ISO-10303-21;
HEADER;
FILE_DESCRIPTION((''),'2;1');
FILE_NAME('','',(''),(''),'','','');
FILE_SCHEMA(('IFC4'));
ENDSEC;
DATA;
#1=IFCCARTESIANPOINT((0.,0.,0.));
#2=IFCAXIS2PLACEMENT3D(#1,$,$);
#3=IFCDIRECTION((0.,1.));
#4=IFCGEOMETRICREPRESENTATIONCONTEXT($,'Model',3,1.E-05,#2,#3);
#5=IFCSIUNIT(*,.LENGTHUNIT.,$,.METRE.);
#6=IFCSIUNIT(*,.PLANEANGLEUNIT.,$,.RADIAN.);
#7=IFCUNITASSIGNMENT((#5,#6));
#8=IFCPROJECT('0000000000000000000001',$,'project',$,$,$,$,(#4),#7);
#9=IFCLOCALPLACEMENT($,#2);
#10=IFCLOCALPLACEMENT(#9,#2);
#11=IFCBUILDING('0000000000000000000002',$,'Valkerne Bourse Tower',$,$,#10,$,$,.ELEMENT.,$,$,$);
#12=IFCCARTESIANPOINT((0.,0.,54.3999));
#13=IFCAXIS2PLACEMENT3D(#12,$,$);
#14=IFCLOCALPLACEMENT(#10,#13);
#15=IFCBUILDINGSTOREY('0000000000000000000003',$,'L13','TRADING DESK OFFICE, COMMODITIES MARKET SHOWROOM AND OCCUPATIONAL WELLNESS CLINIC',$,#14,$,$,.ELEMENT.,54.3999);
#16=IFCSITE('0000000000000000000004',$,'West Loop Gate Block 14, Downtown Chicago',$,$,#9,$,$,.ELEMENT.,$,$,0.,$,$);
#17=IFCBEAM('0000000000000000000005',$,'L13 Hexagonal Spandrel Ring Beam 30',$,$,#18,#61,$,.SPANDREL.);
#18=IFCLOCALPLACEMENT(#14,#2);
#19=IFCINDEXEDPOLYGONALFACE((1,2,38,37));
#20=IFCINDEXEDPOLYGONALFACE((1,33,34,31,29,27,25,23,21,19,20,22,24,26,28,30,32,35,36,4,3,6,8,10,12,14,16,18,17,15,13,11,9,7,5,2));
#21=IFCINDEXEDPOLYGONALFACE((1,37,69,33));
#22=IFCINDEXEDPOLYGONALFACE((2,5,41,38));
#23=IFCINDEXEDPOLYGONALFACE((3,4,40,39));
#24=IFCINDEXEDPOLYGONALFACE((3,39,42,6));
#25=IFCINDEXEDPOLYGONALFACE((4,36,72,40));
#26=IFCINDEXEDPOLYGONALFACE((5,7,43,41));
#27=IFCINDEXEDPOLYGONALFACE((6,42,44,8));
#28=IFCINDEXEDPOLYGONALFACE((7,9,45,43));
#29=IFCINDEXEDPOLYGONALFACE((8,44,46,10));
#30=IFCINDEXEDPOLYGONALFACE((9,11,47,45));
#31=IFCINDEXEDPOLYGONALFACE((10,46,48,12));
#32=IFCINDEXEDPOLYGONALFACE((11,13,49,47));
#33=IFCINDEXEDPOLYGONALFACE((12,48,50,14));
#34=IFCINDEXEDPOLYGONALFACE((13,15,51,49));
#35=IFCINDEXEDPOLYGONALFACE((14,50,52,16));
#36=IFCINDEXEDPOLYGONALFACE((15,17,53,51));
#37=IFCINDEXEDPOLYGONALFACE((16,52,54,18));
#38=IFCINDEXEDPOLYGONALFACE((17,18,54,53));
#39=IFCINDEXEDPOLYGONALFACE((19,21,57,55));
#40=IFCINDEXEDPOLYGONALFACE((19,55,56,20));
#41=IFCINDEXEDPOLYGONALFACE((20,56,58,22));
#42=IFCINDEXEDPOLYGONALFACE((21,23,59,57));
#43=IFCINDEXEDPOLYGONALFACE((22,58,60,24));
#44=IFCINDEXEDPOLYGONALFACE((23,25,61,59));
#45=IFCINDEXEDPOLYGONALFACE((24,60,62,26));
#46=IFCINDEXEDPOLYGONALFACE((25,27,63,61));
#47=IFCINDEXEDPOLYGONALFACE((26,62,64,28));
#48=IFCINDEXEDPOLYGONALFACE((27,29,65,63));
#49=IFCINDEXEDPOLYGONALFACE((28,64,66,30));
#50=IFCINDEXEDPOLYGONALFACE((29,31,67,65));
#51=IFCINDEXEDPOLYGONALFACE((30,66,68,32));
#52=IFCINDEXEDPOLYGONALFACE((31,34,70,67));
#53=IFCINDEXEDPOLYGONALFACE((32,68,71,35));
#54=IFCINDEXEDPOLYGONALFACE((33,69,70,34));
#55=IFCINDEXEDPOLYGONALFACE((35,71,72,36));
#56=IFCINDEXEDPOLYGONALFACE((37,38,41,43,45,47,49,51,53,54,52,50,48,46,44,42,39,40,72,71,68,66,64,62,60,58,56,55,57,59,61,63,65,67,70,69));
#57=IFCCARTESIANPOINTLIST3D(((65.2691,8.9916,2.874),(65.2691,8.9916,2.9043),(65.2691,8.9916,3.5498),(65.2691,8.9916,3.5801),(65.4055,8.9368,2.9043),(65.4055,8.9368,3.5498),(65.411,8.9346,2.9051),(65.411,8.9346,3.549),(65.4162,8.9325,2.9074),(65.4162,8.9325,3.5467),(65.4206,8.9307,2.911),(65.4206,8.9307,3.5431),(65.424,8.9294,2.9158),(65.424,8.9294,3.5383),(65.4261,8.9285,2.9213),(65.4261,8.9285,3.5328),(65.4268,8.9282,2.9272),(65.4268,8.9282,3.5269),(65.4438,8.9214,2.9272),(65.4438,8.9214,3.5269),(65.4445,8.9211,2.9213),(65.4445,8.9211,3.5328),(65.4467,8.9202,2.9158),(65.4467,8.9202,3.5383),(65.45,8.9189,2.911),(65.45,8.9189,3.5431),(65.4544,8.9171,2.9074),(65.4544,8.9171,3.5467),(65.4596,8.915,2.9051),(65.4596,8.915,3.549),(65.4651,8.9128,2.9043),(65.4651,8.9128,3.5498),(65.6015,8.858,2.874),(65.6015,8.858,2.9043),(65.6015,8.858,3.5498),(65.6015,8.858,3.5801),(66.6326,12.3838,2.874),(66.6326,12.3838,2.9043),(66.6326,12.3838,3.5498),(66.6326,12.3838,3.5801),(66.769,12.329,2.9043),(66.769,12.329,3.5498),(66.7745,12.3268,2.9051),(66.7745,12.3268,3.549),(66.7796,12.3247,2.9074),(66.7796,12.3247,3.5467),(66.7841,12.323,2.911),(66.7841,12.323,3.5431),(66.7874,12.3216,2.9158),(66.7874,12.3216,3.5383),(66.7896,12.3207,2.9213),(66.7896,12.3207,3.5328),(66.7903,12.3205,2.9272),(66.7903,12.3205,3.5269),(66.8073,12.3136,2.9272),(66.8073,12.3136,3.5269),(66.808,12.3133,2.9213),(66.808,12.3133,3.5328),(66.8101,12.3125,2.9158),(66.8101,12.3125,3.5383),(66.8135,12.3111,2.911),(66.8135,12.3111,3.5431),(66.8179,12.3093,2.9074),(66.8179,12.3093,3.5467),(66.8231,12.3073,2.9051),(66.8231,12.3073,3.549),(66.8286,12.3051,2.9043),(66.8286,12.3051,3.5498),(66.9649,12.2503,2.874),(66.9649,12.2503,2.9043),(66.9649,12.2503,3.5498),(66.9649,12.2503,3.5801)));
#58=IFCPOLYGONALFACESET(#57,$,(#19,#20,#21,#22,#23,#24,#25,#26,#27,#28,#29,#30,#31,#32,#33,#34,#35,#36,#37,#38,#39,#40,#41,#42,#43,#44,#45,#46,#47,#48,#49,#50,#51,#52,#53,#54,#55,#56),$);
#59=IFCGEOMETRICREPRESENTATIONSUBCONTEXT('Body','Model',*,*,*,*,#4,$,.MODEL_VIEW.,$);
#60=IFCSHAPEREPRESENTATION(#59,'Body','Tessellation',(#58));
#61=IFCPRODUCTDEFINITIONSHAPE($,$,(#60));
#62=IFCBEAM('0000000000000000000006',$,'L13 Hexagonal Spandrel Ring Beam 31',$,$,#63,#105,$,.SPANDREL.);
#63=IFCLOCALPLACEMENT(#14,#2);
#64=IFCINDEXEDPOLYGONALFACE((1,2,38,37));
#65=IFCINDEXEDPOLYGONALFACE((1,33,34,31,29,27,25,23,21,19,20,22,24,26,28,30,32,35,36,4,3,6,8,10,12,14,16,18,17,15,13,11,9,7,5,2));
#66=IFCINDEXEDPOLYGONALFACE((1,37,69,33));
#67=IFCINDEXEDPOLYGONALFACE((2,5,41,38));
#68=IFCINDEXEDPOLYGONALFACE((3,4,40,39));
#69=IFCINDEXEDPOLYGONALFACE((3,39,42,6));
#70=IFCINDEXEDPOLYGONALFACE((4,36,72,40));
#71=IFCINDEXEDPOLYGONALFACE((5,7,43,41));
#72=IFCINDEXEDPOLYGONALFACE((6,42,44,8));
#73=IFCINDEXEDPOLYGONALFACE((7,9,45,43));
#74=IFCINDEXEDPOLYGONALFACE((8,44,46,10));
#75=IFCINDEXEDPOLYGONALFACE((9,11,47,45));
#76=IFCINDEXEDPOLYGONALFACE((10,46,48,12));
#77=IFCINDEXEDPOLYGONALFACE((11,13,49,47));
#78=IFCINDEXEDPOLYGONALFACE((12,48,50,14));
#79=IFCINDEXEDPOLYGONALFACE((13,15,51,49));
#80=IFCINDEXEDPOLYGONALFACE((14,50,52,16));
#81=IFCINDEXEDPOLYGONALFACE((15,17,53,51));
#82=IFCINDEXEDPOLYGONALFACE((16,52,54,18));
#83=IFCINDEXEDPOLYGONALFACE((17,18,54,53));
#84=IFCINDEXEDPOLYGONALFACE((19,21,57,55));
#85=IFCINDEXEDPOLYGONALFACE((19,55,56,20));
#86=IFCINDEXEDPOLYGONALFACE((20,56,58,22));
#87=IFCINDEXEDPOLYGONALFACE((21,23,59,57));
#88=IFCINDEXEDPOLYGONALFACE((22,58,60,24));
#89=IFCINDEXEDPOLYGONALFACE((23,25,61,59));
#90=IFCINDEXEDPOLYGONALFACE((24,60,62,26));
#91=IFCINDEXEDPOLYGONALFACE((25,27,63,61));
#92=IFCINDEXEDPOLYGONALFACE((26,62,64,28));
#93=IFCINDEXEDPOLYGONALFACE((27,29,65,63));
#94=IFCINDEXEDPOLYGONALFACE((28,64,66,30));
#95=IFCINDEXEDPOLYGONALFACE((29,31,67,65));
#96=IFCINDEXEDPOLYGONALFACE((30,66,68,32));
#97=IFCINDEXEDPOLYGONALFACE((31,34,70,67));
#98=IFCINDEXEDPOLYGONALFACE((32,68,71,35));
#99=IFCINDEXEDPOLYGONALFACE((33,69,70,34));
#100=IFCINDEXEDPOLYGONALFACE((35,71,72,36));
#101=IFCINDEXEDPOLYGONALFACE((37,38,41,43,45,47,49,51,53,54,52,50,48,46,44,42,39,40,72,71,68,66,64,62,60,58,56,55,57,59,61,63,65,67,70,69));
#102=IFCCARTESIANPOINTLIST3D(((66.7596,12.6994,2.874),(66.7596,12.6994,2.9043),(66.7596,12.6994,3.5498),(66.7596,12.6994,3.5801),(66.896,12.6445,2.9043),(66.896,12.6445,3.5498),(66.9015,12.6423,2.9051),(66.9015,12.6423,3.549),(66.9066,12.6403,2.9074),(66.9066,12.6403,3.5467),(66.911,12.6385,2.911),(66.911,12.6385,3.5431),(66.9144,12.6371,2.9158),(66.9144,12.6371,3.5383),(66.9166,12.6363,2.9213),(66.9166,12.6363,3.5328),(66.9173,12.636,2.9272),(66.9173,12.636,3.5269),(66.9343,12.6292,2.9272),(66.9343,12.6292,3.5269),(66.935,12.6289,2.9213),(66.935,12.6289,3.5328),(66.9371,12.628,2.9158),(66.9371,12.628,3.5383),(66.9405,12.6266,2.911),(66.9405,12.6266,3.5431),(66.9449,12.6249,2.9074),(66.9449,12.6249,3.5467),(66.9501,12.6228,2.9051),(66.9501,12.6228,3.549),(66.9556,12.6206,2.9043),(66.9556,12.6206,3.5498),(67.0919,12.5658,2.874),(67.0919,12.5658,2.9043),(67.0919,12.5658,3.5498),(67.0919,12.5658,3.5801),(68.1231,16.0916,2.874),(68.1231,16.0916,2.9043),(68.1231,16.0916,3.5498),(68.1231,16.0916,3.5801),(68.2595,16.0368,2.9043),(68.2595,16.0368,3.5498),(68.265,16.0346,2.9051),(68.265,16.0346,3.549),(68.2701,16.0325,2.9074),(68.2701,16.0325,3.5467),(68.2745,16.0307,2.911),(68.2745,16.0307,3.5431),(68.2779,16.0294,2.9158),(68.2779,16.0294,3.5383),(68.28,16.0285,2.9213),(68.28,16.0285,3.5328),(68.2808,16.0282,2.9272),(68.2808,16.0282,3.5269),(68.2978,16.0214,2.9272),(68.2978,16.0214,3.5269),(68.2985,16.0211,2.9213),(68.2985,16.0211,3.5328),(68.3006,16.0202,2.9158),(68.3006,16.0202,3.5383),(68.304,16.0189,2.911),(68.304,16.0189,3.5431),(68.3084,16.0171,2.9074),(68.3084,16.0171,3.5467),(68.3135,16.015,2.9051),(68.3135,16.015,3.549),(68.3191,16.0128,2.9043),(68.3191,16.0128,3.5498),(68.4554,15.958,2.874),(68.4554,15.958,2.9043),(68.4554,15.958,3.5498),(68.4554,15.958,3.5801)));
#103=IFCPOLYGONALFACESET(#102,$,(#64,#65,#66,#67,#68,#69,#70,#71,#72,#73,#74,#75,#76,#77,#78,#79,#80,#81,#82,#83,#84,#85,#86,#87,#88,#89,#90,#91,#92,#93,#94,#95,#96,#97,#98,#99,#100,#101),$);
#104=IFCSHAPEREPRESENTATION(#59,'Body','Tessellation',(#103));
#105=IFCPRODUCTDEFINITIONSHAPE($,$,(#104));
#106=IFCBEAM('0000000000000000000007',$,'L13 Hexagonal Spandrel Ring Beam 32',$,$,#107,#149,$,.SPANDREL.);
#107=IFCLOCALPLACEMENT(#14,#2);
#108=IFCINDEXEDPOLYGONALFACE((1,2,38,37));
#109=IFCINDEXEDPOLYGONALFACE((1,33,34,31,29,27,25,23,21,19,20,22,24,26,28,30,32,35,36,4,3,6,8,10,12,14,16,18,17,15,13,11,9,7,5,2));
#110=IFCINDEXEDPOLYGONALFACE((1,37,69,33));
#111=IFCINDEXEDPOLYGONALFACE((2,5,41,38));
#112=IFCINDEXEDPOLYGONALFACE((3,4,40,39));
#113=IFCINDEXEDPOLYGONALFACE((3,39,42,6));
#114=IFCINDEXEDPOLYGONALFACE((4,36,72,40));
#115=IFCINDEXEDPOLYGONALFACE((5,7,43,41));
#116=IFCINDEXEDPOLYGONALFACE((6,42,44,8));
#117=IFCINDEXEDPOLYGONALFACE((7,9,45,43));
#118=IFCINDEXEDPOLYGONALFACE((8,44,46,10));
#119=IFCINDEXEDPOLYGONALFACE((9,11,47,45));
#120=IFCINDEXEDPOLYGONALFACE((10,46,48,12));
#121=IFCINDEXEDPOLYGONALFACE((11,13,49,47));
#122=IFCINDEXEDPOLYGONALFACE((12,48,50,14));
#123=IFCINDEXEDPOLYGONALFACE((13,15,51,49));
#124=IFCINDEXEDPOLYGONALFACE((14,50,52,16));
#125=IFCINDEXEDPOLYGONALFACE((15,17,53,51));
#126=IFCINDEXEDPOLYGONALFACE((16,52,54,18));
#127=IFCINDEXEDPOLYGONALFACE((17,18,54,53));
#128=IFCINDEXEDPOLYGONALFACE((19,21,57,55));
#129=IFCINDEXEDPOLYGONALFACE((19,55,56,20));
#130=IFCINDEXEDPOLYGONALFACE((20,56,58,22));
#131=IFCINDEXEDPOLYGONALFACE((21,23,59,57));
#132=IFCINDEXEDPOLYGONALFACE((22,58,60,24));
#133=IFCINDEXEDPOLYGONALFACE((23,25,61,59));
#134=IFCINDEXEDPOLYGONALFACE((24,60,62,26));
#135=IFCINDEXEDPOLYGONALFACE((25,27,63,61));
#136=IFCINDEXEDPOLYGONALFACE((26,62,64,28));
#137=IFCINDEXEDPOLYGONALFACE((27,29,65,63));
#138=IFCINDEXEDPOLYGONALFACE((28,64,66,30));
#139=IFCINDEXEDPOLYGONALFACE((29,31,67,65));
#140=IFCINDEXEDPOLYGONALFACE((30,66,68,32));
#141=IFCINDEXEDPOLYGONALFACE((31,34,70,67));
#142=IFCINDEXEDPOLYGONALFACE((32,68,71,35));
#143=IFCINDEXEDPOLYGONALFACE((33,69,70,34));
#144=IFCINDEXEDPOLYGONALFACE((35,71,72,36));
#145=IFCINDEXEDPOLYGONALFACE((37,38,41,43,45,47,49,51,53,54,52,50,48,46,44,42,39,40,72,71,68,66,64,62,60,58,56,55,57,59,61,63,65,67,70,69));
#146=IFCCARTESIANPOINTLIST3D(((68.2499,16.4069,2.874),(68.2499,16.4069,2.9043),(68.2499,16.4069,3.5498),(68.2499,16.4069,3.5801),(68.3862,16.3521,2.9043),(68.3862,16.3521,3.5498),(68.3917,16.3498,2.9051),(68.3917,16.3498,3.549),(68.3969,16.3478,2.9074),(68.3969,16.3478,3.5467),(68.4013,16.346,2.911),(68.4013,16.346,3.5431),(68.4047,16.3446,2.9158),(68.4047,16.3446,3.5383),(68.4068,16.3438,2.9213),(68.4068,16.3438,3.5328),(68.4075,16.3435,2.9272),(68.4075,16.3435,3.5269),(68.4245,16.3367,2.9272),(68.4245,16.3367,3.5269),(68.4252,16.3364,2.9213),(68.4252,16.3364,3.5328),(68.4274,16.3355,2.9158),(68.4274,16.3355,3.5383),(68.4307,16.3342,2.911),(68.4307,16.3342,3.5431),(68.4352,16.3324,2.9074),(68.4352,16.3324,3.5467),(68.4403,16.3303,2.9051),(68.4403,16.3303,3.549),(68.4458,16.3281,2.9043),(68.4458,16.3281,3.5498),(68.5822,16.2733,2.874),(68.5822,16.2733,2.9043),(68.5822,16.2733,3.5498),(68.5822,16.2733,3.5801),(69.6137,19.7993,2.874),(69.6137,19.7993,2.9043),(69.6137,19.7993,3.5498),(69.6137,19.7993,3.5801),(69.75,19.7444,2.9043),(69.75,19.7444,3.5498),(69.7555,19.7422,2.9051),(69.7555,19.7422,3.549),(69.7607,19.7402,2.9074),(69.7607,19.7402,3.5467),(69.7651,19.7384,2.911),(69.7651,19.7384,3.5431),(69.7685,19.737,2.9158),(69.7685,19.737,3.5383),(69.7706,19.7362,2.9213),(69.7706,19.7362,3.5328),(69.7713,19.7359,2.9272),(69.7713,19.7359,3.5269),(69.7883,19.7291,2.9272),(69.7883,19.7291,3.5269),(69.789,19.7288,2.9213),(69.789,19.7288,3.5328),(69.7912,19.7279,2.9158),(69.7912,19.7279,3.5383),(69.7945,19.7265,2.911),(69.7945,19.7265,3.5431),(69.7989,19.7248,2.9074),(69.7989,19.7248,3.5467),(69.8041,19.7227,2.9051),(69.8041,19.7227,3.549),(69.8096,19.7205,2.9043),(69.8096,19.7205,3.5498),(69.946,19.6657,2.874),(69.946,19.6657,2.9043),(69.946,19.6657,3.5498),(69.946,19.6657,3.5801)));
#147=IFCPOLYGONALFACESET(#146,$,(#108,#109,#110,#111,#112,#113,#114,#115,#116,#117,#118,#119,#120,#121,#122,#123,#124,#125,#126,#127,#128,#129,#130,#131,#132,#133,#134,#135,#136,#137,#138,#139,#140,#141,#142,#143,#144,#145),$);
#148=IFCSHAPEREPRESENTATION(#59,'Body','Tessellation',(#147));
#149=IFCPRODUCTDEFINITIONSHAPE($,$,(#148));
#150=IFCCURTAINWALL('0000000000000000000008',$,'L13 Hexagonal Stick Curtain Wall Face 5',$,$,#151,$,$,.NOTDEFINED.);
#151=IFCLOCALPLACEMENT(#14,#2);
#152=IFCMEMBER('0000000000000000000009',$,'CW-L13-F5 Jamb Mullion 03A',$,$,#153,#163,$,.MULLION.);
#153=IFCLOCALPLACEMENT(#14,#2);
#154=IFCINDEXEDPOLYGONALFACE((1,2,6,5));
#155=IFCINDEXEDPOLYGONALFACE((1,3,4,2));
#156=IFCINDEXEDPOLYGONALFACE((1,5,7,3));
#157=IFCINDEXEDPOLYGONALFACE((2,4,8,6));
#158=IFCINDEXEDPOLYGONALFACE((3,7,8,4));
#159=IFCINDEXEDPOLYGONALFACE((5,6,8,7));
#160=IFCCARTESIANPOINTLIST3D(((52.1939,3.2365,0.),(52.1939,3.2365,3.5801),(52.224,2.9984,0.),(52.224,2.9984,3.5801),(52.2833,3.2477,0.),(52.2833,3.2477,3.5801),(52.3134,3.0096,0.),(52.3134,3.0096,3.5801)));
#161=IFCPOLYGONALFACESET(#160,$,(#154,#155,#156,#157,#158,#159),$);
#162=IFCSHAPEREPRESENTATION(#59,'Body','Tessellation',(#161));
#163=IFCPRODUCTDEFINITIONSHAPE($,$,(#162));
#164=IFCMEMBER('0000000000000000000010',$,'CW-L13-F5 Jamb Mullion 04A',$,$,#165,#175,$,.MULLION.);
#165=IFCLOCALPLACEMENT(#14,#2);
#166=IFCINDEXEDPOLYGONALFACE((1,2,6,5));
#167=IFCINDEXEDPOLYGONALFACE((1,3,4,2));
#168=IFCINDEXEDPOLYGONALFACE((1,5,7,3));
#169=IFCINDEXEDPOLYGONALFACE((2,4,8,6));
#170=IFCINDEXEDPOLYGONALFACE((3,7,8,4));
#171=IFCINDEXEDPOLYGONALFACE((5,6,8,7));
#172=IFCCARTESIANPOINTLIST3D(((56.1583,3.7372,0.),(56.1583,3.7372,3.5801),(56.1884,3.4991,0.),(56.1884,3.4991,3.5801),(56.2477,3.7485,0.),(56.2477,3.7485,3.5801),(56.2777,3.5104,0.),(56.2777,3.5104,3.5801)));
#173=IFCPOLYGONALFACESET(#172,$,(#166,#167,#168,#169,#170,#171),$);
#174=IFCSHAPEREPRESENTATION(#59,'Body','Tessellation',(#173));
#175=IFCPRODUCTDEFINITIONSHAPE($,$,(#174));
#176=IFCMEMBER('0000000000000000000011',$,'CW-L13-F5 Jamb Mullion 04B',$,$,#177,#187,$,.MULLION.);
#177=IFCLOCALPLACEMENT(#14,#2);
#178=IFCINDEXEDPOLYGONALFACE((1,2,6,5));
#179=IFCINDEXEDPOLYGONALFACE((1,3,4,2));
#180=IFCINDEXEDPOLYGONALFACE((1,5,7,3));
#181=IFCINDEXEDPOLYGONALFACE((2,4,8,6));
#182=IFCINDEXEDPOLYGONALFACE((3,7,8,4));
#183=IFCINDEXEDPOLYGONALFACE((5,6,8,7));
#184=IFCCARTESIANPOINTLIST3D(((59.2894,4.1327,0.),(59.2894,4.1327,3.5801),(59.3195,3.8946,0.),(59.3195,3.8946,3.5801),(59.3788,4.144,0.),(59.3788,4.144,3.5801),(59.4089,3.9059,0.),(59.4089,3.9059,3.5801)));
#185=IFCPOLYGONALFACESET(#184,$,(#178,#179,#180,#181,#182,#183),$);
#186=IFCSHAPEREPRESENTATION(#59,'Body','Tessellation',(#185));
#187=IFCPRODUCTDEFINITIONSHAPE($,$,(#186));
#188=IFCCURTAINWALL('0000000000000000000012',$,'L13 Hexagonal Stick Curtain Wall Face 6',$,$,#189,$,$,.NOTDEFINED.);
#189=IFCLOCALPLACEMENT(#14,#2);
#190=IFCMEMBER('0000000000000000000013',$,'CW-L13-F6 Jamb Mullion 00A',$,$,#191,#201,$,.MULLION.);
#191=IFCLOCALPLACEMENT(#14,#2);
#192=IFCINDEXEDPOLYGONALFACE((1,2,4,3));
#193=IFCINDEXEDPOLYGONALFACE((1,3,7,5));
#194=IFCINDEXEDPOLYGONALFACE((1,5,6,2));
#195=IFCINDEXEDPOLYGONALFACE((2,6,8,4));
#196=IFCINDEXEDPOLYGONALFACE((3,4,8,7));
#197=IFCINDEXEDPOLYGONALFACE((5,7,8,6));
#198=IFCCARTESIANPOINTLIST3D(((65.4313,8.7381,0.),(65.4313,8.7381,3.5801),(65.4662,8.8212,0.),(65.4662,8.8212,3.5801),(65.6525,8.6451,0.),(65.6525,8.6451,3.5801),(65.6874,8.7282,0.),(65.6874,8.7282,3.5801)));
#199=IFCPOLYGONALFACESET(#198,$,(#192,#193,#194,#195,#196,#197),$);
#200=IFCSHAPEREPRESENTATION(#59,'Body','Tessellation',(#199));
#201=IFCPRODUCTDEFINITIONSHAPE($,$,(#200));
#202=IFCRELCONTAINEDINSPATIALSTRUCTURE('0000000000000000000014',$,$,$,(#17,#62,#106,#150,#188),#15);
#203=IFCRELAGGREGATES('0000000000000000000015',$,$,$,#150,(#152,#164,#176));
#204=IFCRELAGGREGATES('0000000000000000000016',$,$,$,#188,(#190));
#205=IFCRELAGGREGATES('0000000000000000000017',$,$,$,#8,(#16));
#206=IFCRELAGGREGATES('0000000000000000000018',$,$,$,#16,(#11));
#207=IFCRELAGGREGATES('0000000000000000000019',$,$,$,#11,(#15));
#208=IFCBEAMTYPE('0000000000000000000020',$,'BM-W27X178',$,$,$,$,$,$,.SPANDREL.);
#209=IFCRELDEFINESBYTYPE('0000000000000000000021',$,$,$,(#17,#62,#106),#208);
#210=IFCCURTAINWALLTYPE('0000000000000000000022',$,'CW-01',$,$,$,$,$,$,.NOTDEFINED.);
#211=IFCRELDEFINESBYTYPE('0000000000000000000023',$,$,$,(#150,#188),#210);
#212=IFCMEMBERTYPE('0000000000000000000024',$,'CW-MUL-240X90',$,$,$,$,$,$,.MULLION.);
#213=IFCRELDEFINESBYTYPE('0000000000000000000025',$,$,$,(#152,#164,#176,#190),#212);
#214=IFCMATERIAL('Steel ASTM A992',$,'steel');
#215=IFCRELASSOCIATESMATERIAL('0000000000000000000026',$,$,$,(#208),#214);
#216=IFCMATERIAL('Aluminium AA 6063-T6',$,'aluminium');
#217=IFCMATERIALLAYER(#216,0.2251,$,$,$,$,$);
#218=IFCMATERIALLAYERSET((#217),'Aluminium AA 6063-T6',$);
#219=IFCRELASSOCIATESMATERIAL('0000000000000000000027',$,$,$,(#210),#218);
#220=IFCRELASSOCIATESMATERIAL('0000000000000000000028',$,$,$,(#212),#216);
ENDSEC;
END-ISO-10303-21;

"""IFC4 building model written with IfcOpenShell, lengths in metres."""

from ifc_helpers import new_model, si_unit, direction, frame, origin, origin_2d, place, context, subcontext, project, spatial, rectangle, i_section, extrude, material, layer, layer_set, material_profile, profile_set, type_object, element, aggregate, save


model = new_model("IFC4")

# Units and contexts
model_context = context("Model", 3, precision=1e-05, world=origin(), true_north=direction((0.0, 1.0)))
body_context = subcontext(model_context, "Body", "Model", "MODEL_VIEW")
ifc_project = project(units=[si_unit("LENGTHUNIT", "METRE"), si_unit("PLANEANGLEUNIT", "RADIAN")], contexts=[model_context])

# Site, building, storey
site_placement = place(None, origin())
site = spatial("IfcSite", under=ifc_project, at=site_placement, Name="West Loop Gate Block 14, Downtown Chicago", CompositionType="ELEMENT", RefElevation=0.0)
building_placement = place(site_placement, origin())
building = spatial("IfcBuilding", under=site, at=building_placement, Name="Valkerne Bourse Tower", CompositionType="ELEMENT")
storey_placement = place(building_placement, frame((0.0, 0.0, 54.3999)))
storey = spatial("IfcBuildingStorey", under=building, at=storey_placement, Name="L13", Description="TRADING DESK OFFICE, COMMODITIES MARKET SHOWROOM AND OCCUPATIONAL WELLNESS CLINIC", CompositionType="ELEMENT", Elevation=54.3999)

# Beams
ifc_material_1 = material(Name="Steel ASTM A992", Category="steel")
ifc_material_profile_1 = material_profile(ifc_material_1, i_section(OverallWidth=0.3582, OverallDepth=0.7061, WebThickness=0.0183, FlangeThickness=0.0303, FilletRadius=0.0229, at=origin_2d()), Name="W27X178")
ifc_profile_set_1 = profile_set([ifc_material_profile_1], Name="Steel ASTM A992")
beam_type = type_object("IfcBeamType", Name="BM-W27X178", PredefinedType="SPANDREL", material=ifc_profile_set_1)
for number, where, z_axis, x_axis, name in (
    (1, (65.4353, 8.9248, 3.2271), (0.372944, 0.927854, 0.0), (-0.927854, 0.372944, 0.0), "L13 Hexagonal Spandrel Ring Beam 30"),
    (2, (66.9258, 12.6326, 3.2271), (0.372944, 0.927854, 0.0), (-0.927854, 0.372944, 0.0), "L13 Hexagonal Spandrel Ring Beam 31"),
):
    element("IfcBeam", number, at=place(storey_placement, frame(where, z_axis=z_axis, x_axis=x_axis)), inside=storey, type_object=beam_type, Name=name, PredefinedType="SPANDREL", context=body_context, shape_type="SweptSolid", body=[
        extrude(i_section(OverallWidth=0.3582, OverallDepth=0.7061, WebThickness=0.0183, FlangeThickness=0.0303, FilletRadius=0.0229, at=origin_2d()), origin(), (0.0, 0.0, 1.0), 3.656),
    ])
beam_1_placement = place(storey_placement, frame((68.416, 16.3401, 3.2271), z_axis=(0.373002, 0.927831, 0.0), x_axis=(-0.927831, 0.373002, 0.0)))
element("IfcBeam", 3, at=beam_1_placement, inside=storey, type_object=beam_type, Name="L13 Hexagonal Spandrel Ring Beam 32", PredefinedType="SPANDREL", context=body_context, shape_type="SweptSolid", body=[
    extrude(i_section(OverallWidth=0.3582, OverallDepth=0.7061, WebThickness=0.0183, FlangeThickness=0.0303, FilletRadius=0.0229, at=origin_2d()), origin(), (0.0, 0.0, 1.0), 3.6562),
])

# Curtain walls, members
ifc_material_2 = material(Name="Aluminium AA 6063-T6", Category="aluminium")
ifc_layer_1 = layer(ifc_material_2, 0.2251)
ifc_layer_set_1 = layer_set([ifc_layer_1], Name="Aluminium AA 6063-T6")
curtain_wall_type = type_object("IfcCurtainWallType", Name="CW-01", PredefinedType="NOTDEFINED", material=ifc_layer_set_1)
curtain_wall_1_placement = place(storey_placement, origin())
curtain_wall_1 = element("IfcCurtainWall", 4, at=curtain_wall_1_placement, inside=storey, type_object=curtain_wall_type, Name="L13 Hexagonal Stick Curtain Wall Face 5", PredefinedType="NOTDEFINED")
ifc_material_profile_2 = material_profile(ifc_material_2, rectangle(XDim=0.0901, YDim=0.24, at=origin_2d()), Name="CWM-90X240")
ifc_profile_set_2 = profile_set([ifc_material_profile_2], Name="Aluminium AA 6063-T6")
member_type_1 = type_object("IfcMemberType", Name="CW-MUL-240X90", PredefinedType="MULLION", material=ifc_profile_set_2)
member_1_placement = place(storey_placement, frame((52.2537, 3.123, 0.0), z_axis=(0.0, 0.0, 1.0), x_axis=(0.992116, 0.125325, 0.0)))
member_1 = element("IfcMember", 5, at=member_1_placement, type_object=member_type_1, Name="CW-L13-F5 Jamb Mullion 03A", PredefinedType="MULLION", context=body_context, shape_type="SweptSolid", body=[
    extrude(rectangle(XDim=0.0901, YDim=0.24, at=origin_2d()), origin(), (0.0, 0.0, 1.0), 3.5801),
])
member_2_placement = place(storey_placement, frame((56.218, 3.6238, 0.0), z_axis=(0.0, 0.0, 1.0), x_axis=(0.992113, 0.12535, 0.0)))
member_2 = element("IfcMember", 6, at=member_2_placement, type_object=member_type_1, Name="CW-L13-F5 Jamb Mullion 04A", PredefinedType="MULLION", context=body_context, shape_type="SweptSolid", body=[
    extrude(rectangle(XDim=0.0901, YDim=0.24, at=origin_2d()), origin(), (0.0, 0.0, 1.0), 3.5801),
])
member_3_placement = place(storey_placement, frame((59.3491, 4.0193, 0.0), z_axis=(0.0, 0.0, 1.0), x_axis=(0.992113, 0.12535, 0.0)))
member_3 = element("IfcMember", 7, at=member_3_placement, type_object=member_type_1, Name="CW-L13-F5 Jamb Mullion 04B", PredefinedType="MULLION", context=body_context, shape_type="SweptSolid", body=[
    extrude(rectangle(XDim=0.0901, YDim=0.24, at=origin_2d()), origin(), (0.0, 0.0, 1.0), 3.5801),
])
curtain_wall_2_placement = place(storey_placement, origin())
curtain_wall_2 = element("IfcCurtainWall", 8, at=curtain_wall_2_placement, inside=storey, type_object=curtain_wall_type, Name="L13 Hexagonal Stick Curtain Wall Face 6", PredefinedType="NOTDEFINED")
member_4_placement = place(storey_placement, frame((65.5593, 8.7332, 0.0), z_axis=(0.0, 0.0, 1.0), x_axis=(0.38751, 0.921866, 0.0)))
member_4 = element("IfcMember", 9, at=member_4_placement, type_object=member_type_1, Name="CW-L13-F6 Jamb Mullion 00A", PredefinedType="MULLION", context=body_context, shape_type="SweptSolid", body=[
    extrude(rectangle(XDim=0.0901, YDim=0.24, at=origin_2d()), origin(), (0.0, 0.0, 1.0), 3.5801),
])

aggregate(curtain_wall_1, [member_1, member_2, member_3])
aggregate(curtain_wall_2, [member_4])

save(model, "model.ifc")
